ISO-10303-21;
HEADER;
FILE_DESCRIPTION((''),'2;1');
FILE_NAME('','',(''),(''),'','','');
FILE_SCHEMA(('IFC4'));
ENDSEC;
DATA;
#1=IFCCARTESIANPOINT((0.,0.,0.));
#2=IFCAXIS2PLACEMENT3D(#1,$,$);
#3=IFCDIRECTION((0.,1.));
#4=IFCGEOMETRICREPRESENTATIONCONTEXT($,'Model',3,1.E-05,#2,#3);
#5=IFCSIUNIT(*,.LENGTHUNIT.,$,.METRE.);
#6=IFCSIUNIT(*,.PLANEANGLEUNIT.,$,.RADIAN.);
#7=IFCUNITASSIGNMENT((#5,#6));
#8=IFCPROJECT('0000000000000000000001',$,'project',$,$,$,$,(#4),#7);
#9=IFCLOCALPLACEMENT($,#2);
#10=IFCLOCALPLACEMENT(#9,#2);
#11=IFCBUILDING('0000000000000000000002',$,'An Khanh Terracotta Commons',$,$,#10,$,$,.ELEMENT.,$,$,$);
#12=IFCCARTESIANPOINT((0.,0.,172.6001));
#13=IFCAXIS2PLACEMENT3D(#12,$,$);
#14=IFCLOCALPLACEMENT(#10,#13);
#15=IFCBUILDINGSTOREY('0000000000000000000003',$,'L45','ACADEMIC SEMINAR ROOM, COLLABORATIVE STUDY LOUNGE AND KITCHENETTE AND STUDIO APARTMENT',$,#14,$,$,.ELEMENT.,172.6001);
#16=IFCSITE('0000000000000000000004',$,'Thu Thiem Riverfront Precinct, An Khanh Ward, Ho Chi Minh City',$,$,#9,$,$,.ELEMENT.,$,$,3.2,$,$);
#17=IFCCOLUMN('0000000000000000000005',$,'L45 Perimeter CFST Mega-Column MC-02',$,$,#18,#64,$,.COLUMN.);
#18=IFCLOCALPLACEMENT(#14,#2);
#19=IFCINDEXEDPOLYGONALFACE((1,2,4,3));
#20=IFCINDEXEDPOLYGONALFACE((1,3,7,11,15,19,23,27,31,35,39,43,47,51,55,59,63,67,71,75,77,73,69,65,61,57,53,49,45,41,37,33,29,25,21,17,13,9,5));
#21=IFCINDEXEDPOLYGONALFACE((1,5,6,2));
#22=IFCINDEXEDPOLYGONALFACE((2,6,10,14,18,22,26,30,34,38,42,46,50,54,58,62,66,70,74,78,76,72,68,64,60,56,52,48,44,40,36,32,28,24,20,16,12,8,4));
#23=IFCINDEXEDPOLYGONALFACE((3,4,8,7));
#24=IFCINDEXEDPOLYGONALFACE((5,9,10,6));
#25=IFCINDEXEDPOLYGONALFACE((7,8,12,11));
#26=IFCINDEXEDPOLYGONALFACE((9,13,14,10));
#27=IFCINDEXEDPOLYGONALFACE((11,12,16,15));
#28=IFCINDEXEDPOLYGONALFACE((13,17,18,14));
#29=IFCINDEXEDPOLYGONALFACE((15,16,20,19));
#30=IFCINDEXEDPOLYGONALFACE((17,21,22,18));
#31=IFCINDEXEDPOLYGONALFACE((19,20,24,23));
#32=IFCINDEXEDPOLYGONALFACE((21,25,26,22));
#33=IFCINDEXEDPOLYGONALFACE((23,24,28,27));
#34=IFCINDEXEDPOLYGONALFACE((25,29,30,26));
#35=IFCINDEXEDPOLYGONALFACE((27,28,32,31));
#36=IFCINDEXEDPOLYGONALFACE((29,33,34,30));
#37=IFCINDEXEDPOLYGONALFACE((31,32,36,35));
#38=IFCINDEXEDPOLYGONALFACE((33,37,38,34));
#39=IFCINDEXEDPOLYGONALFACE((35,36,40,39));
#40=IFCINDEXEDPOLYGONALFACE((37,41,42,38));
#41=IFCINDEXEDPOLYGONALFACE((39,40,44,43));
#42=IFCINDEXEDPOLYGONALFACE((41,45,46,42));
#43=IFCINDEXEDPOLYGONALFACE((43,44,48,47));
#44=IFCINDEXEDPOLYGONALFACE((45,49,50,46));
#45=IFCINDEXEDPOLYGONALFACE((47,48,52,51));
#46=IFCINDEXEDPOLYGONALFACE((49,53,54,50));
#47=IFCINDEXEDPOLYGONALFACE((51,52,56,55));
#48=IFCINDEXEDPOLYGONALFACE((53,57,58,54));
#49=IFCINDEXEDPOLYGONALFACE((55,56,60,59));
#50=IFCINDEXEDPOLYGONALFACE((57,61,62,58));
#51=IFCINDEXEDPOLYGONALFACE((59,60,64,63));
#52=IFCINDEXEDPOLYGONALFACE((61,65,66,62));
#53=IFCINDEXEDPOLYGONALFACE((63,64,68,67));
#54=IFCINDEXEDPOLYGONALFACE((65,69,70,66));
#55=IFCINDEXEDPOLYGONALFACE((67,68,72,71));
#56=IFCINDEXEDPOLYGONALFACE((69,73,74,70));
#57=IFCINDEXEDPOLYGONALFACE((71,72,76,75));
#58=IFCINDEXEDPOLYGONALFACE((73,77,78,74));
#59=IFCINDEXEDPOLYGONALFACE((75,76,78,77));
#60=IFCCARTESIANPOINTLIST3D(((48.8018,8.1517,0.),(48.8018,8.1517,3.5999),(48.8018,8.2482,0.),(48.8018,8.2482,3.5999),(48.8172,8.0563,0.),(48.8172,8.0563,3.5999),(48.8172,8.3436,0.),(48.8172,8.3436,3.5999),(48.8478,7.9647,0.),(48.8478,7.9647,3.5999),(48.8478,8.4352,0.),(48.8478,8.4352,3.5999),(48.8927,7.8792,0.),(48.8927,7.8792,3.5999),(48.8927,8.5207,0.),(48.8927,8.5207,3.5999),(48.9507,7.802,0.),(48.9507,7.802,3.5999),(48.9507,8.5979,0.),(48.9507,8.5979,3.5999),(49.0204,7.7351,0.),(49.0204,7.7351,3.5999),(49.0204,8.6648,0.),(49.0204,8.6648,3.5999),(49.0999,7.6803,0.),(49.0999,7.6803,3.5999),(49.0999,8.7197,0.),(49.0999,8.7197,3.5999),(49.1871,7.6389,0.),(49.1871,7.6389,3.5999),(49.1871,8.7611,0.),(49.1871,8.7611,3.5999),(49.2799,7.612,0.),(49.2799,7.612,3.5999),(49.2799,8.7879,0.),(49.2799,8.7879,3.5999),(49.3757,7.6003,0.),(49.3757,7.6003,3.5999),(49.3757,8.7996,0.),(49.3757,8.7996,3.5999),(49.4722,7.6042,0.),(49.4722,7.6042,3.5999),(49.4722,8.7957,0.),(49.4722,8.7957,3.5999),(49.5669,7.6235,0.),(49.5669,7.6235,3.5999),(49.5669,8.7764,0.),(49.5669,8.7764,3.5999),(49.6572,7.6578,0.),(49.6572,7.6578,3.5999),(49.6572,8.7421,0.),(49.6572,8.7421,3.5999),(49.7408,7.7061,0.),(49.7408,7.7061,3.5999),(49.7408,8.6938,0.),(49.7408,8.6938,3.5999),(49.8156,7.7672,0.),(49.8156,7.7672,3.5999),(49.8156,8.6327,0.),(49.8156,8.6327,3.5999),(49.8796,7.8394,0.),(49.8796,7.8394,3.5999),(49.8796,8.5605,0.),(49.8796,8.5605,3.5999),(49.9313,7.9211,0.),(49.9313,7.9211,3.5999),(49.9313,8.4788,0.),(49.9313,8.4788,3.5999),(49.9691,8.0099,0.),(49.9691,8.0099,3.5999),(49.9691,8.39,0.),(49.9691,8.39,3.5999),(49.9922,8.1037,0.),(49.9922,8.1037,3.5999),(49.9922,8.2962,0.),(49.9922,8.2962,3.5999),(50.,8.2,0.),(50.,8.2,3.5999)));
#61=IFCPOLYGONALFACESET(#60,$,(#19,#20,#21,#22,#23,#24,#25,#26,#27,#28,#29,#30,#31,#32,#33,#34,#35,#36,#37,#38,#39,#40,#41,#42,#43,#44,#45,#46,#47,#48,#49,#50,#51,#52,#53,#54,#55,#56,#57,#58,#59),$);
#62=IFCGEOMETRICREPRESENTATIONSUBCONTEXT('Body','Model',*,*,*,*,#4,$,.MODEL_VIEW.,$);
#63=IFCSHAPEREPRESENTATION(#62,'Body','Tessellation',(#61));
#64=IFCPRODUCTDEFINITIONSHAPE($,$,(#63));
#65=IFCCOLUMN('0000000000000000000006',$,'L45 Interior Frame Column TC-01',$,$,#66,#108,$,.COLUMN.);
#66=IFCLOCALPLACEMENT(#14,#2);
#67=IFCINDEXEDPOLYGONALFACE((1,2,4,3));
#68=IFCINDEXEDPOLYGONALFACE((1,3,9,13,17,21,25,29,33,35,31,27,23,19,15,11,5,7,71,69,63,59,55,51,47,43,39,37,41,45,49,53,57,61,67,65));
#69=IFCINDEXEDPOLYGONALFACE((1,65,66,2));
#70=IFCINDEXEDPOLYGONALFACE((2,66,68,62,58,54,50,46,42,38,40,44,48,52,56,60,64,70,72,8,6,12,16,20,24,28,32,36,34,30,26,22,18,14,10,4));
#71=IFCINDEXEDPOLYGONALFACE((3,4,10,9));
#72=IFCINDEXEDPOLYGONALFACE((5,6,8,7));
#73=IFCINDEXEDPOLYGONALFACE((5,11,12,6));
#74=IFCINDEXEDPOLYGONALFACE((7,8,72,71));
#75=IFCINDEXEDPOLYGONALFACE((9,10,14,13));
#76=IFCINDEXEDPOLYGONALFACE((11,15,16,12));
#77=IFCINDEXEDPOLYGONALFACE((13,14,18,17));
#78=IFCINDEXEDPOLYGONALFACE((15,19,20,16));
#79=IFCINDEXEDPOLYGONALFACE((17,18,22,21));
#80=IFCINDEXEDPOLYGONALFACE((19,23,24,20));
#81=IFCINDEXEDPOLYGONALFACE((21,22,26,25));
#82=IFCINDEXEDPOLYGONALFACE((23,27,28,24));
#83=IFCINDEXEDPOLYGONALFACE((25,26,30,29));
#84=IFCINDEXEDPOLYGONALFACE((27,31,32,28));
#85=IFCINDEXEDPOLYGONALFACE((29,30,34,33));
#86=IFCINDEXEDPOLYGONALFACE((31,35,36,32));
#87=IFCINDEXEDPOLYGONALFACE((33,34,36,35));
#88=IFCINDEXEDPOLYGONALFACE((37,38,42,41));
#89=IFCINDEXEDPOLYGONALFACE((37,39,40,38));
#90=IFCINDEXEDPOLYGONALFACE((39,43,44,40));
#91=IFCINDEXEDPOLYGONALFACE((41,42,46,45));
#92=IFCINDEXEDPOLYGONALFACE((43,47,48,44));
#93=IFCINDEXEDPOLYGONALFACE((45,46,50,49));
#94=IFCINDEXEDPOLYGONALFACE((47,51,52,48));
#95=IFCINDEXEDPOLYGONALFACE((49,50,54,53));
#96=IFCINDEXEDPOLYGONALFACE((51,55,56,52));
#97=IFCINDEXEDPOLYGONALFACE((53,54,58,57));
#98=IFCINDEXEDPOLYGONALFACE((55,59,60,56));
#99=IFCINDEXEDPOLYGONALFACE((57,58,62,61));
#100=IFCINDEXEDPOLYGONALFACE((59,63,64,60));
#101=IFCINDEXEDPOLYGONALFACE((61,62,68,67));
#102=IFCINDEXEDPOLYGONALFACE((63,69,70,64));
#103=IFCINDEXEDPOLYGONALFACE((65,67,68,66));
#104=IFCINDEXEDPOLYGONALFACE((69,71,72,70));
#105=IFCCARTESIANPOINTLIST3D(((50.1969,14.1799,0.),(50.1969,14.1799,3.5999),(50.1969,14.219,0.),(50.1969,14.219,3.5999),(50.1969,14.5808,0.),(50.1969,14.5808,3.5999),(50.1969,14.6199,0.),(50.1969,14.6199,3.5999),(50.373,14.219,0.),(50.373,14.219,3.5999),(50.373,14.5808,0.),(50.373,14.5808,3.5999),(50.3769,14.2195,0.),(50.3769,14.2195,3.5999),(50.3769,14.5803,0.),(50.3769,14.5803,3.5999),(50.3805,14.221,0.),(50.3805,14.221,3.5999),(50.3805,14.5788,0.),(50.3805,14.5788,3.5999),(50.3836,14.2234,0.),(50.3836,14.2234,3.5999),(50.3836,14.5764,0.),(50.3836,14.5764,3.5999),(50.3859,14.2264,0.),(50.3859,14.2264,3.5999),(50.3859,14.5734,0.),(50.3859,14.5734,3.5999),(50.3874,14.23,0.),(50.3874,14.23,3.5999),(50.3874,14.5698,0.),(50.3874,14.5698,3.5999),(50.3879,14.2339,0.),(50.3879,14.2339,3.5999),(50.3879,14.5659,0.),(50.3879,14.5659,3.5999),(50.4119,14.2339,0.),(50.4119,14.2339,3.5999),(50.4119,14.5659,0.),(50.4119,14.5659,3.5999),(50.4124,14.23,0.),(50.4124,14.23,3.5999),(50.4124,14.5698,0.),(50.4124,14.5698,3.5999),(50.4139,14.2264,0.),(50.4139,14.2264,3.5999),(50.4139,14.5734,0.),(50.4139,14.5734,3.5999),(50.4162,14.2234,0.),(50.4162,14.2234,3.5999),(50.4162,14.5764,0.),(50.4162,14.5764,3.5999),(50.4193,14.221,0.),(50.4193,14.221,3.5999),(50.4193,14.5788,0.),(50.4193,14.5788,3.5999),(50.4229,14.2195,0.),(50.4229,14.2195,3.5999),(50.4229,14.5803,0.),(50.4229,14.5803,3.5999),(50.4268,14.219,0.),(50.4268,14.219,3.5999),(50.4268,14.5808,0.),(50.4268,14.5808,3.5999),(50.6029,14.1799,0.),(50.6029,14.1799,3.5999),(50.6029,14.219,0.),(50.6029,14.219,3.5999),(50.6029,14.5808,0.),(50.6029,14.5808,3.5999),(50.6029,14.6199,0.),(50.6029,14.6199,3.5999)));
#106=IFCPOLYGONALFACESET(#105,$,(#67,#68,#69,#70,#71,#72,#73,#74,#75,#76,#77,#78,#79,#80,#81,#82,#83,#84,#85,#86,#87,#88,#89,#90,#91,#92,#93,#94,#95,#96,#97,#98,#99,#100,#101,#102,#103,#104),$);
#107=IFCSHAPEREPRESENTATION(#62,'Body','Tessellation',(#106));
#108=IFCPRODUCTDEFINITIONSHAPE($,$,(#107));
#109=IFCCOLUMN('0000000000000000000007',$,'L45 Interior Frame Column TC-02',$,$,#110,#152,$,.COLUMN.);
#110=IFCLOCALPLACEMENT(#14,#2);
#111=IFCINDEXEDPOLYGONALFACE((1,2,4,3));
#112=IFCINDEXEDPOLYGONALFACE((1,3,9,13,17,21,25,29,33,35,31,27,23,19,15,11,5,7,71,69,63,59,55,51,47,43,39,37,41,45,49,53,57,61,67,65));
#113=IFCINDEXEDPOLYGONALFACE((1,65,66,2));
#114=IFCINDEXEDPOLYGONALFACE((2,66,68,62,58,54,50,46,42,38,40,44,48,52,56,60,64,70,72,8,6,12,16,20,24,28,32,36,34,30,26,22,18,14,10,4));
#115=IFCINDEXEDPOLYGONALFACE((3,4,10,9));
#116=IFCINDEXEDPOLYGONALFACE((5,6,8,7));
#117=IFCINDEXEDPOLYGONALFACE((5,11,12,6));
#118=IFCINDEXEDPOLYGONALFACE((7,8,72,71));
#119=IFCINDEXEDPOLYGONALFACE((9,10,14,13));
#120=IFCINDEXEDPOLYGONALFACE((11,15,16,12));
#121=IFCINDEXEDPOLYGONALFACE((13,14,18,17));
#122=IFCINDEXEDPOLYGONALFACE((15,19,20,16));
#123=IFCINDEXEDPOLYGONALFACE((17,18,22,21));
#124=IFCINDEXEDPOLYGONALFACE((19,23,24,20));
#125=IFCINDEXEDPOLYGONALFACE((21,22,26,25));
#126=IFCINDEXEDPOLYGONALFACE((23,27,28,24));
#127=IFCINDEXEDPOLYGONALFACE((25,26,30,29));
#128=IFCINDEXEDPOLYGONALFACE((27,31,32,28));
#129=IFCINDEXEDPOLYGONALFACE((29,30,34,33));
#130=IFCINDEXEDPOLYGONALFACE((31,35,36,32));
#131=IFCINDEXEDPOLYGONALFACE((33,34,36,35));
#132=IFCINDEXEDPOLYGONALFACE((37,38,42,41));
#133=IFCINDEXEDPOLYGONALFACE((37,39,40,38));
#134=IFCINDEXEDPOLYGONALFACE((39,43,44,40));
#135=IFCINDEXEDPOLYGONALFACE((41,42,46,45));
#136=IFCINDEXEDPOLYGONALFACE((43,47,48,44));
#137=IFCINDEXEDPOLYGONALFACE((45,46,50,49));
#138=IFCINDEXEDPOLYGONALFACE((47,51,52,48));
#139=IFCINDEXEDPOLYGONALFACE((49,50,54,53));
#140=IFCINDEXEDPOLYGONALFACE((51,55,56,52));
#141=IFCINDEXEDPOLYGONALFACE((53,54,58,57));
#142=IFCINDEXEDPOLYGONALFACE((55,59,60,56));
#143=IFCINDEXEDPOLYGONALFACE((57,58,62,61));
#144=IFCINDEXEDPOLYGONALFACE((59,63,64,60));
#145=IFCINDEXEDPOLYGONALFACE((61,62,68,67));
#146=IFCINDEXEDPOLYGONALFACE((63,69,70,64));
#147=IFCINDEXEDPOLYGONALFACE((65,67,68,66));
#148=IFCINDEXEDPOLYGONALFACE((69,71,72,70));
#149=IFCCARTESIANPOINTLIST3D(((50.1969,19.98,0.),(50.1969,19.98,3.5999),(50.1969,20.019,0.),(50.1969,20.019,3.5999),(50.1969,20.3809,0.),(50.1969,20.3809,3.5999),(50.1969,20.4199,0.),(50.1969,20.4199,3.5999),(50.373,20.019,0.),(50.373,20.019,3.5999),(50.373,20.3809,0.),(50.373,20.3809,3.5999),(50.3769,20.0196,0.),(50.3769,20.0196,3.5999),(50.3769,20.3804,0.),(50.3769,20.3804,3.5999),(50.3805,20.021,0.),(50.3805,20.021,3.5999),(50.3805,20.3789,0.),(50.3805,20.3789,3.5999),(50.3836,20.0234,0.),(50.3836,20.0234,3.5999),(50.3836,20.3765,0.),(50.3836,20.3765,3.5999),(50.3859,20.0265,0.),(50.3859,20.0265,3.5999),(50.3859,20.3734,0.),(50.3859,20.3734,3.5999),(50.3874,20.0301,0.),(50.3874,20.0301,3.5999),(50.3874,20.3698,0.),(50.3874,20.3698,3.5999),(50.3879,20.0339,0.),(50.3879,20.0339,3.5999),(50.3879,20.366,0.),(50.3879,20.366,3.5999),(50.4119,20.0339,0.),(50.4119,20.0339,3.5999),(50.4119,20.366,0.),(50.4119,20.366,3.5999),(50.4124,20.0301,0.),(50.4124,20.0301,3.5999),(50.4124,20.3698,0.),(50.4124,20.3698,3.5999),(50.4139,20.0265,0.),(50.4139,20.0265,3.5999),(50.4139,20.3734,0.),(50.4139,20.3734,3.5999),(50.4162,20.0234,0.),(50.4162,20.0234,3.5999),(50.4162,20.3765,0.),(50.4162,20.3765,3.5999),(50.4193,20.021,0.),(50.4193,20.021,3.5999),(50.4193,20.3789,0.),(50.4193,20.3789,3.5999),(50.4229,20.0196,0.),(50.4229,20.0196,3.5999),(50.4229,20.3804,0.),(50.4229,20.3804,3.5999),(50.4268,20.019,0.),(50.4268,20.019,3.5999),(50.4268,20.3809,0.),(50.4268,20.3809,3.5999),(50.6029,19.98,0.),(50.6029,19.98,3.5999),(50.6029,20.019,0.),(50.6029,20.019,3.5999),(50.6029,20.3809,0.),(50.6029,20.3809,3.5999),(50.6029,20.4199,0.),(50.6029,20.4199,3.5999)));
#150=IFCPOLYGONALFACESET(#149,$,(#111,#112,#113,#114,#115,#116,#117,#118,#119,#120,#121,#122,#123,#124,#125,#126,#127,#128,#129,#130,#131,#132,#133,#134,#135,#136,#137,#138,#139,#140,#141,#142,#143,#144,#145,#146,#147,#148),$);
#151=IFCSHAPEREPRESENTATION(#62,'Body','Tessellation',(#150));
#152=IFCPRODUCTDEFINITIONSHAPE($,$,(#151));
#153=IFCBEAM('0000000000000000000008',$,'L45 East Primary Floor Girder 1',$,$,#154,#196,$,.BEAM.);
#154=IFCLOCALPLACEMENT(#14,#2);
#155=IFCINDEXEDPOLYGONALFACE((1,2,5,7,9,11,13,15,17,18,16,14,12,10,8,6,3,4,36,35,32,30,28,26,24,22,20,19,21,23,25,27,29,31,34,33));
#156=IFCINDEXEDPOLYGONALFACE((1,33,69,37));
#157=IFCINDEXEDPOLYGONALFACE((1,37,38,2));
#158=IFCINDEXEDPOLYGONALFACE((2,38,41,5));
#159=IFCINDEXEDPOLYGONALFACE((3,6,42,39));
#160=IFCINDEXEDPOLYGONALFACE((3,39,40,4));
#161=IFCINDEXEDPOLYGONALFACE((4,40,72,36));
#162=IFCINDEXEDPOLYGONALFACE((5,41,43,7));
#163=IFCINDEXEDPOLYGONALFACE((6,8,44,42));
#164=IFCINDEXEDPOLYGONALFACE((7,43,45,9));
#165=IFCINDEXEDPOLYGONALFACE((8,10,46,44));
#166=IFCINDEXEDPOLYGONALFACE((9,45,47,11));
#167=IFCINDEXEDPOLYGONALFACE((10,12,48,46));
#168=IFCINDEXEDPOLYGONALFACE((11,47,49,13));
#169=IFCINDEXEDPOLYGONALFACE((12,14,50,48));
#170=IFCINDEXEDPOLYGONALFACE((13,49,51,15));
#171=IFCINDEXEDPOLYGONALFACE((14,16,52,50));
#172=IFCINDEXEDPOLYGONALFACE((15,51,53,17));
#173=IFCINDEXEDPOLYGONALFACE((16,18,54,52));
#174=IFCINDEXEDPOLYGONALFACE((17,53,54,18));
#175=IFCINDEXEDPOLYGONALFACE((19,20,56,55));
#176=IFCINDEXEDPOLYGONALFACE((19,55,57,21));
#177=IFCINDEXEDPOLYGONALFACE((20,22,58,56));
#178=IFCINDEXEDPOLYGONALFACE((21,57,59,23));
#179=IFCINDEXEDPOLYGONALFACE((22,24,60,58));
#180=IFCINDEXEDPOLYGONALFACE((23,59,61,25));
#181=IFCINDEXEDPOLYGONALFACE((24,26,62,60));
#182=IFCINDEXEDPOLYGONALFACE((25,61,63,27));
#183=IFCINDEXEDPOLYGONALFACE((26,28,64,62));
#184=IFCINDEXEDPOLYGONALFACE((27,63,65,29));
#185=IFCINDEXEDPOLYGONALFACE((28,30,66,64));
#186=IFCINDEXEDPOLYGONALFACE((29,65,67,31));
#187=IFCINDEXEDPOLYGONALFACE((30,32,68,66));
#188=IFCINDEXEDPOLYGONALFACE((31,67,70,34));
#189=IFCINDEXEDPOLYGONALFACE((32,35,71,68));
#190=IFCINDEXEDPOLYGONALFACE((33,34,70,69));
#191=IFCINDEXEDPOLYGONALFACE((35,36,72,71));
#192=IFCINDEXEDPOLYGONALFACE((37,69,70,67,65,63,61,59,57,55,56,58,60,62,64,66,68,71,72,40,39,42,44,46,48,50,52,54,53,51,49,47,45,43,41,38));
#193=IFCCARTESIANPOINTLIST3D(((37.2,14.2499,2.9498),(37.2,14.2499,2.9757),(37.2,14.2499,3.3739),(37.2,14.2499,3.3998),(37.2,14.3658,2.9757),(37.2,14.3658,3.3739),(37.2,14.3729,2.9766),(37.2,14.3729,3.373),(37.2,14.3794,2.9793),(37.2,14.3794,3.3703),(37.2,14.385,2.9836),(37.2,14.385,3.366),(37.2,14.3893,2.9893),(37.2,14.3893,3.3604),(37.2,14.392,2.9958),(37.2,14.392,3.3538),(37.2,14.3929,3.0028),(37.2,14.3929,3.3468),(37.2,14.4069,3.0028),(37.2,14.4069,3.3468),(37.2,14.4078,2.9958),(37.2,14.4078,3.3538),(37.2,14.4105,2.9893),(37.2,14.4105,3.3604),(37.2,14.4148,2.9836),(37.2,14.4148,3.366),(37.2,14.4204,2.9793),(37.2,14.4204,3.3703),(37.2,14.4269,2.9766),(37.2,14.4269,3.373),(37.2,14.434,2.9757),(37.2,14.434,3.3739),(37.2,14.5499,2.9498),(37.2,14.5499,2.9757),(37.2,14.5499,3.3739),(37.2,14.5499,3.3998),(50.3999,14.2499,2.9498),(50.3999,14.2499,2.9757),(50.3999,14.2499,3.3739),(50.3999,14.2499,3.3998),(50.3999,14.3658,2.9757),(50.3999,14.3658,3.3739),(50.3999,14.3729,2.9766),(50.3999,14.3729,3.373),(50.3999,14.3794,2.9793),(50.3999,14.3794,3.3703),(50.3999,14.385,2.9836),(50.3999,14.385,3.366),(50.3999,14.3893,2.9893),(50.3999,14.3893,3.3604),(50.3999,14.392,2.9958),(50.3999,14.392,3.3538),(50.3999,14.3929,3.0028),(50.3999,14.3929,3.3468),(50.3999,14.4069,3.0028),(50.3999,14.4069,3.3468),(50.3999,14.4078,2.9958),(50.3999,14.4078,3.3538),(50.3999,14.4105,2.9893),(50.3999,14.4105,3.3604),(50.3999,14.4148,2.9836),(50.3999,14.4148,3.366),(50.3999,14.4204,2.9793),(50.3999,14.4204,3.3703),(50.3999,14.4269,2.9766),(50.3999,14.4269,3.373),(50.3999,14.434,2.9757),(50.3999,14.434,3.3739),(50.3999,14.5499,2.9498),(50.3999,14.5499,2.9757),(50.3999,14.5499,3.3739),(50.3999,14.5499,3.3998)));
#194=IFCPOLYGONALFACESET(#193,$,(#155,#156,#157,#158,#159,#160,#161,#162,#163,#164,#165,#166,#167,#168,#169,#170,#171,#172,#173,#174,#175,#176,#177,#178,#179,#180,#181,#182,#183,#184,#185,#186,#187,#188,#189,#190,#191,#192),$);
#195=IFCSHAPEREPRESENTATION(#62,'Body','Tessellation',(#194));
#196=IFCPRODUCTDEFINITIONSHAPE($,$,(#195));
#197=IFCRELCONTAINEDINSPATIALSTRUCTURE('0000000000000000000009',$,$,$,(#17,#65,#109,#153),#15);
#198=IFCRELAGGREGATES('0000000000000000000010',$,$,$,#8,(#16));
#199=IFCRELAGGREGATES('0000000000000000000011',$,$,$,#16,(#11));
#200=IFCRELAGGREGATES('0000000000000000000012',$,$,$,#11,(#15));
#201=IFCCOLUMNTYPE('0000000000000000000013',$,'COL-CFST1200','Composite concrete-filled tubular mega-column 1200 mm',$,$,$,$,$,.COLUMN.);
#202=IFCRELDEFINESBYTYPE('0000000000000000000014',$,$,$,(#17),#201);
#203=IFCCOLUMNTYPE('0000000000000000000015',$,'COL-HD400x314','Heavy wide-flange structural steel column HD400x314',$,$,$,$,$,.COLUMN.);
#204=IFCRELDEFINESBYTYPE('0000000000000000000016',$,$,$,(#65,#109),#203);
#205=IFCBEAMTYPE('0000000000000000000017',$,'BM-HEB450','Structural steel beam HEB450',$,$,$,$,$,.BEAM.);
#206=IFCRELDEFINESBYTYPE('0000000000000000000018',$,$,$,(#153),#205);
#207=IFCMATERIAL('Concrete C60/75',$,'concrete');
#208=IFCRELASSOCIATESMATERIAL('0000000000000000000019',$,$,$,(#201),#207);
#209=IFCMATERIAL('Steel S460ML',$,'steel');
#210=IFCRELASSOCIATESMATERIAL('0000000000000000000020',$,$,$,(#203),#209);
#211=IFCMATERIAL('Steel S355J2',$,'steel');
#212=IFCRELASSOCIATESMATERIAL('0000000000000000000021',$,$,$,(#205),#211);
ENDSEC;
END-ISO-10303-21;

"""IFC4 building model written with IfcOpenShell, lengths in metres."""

from ifc_helpers import new_model, si_unit, direction, frame, origin, origin_2d, place, context, subcontext, project, spatial, circle, i_section, extrude, material, material_profile, profile_set, type_object, element, save


model = new_model("IFC4")

# Units and contexts
model_context = context("Model", 3, precision=1e-05, world=origin(), true_north=direction((0.0, 1.0)))
body_context = subcontext(model_context, "Body", "Model", "MODEL_VIEW")
ifc_project = project(units=[si_unit("LENGTHUNIT", "METRE"), si_unit("PLANEANGLEUNIT", "RADIAN")], contexts=[model_context])

# Site, building, storey
site_placement = place(None, origin())
site = spatial("IfcSite", under=ifc_project, at=site_placement, Name="Thu Thiem Riverfront Precinct, An Khanh Ward, Ho Chi Minh City", CompositionType="ELEMENT", RefElevation=3.2)
building_placement = place(site_placement, origin())
building = spatial("IfcBuilding", under=site, at=building_placement, Name="An Khanh Terracotta Commons", CompositionType="ELEMENT")
storey_placement = place(building_placement, frame((0.0, 0.0, 172.6001)))
storey = spatial("IfcBuildingStorey", under=building, at=storey_placement, Name="L45", Description="ACADEMIC SEMINAR ROOM, COLLABORATIVE STUDY LOUNGE AND KITCHENETTE AND STUDIO APARTMENT", CompositionType="ELEMENT", Elevation=172.6001)

# Columns
ifc_material_1 = material(Name="Concrete C60/75", Category="concrete")
ifc_material_profile_1 = material_profile(ifc_material_1, circle(Radius=0.6001, at=origin_2d()), Name="CFST1200")
ifc_profile_set_1 = profile_set([ifc_material_profile_1], Name="Concrete C60/75")
column_type_1 = type_object("IfcColumnType", Name="COL-CFST1200", Description="Composite concrete-filled tubular mega-column 1200 mm", PredefinedType="COLUMN", material=ifc_profile_set_1)
column_placement = place(storey_placement, frame((49.3999, 8.2, 0.0), z_axis=(0.0, 0.0, 1.0), x_axis=(1.0, 0.0, 0.0)))
element("IfcColumn", 1, at=column_placement, inside=storey, type_object=column_type_1, Name="L45 Perimeter CFST Mega-Column MC-02", PredefinedType="COLUMN", context=body_context, shape_type="SweptSolid", body=[
    extrude(circle(Radius=0.6001, at=origin_2d()), origin(), (0.0, 0.0, 1.0), 3.5999),
])
ifc_material_2 = material(Name="Steel S460ML", Category="steel")
ifc_material_profile_2 = material_profile(ifc_material_2, i_section(OverallWidth=0.406, OverallDepth=0.4399, WebThickness=0.0239, FlangeThickness=0.0391, FilletRadius=0.0149, at=origin_2d()), Name="HD400x314")
ifc_profile_set_2 = profile_set([ifc_material_profile_2], Name="Steel S460ML")
column_type_2 = type_object("IfcColumnType", Name="COL-HD400x314", Description="Heavy wide-flange structural steel column HD400x314", PredefinedType="COLUMN", material=ifc_profile_set_2)
for number, where, z_axis, x_axis, name in (
    (2, (50.3999, 14.3999, 0.0), (0.0, 0.0, 1.0), (1.0, 0.0, 0.0), "L45 Interior Frame Column TC-01"),
    (3, (50.3999, 20.2, 0.0), (0.0, 0.0, 1.0), (1.0, 0.0, 0.0), "L45 Interior Frame Column TC-02"),
):
    element("IfcColumn", number, at=place(storey_placement, frame(where, z_axis=z_axis, x_axis=x_axis)), inside=storey, type_object=column_type_2, Name=name, PredefinedType="COLUMN", context=body_context, shape_type="SweptSolid", body=[
        extrude(i_section(OverallWidth=0.406, OverallDepth=0.4399, WebThickness=0.0239, FlangeThickness=0.0391, FilletRadius=0.0149, at=origin_2d()), origin(), (0.0, 0.0, 1.0), 3.5999),
    ])

# Beam
ifc_material_3 = material(Name="Steel S355J2", Category="steel")
ifc_material_profile_3 = material_profile(ifc_material_3, i_section(OverallWidth=0.3, OverallDepth=0.45, WebThickness=0.0139, FlangeThickness=0.0259, FilletRadius=0.0271, at=origin_2d()), Name="HEB450")
ifc_profile_set_3 = profile_set([ifc_material_profile_3], Name="Steel S355J2")
beam_type_1 = type_object("IfcBeamType", Name="BM-HEB450", Description="Structural steel beam HEB450", PredefinedType="BEAM", material=ifc_profile_set_3)
for number, where, z_axis, x_axis, name in (
    (4, (37.2, 14.3999, 3.1748), (1.0, 0.0, 0.0), (0.0, 1.0, 0.0), "L45 East Primary Floor Girder 1"),
):
    element("IfcBeam", number, at=place(storey_placement, frame(where, z_axis=z_axis, x_axis=x_axis)), inside=storey, type_object=beam_type_1, Name=name, PredefinedType="BEAM", context=body_context, shape_type="SweptSolid", body=[
        extrude(i_section(OverallWidth=0.3, OverallDepth=0.45, WebThickness=0.0139, FlangeThickness=0.0259, FilletRadius=0.0271, at=origin_2d()), origin(), (0.0, 0.0, 1.0), 13.2),
    ])

save(model, "model.ifc")
